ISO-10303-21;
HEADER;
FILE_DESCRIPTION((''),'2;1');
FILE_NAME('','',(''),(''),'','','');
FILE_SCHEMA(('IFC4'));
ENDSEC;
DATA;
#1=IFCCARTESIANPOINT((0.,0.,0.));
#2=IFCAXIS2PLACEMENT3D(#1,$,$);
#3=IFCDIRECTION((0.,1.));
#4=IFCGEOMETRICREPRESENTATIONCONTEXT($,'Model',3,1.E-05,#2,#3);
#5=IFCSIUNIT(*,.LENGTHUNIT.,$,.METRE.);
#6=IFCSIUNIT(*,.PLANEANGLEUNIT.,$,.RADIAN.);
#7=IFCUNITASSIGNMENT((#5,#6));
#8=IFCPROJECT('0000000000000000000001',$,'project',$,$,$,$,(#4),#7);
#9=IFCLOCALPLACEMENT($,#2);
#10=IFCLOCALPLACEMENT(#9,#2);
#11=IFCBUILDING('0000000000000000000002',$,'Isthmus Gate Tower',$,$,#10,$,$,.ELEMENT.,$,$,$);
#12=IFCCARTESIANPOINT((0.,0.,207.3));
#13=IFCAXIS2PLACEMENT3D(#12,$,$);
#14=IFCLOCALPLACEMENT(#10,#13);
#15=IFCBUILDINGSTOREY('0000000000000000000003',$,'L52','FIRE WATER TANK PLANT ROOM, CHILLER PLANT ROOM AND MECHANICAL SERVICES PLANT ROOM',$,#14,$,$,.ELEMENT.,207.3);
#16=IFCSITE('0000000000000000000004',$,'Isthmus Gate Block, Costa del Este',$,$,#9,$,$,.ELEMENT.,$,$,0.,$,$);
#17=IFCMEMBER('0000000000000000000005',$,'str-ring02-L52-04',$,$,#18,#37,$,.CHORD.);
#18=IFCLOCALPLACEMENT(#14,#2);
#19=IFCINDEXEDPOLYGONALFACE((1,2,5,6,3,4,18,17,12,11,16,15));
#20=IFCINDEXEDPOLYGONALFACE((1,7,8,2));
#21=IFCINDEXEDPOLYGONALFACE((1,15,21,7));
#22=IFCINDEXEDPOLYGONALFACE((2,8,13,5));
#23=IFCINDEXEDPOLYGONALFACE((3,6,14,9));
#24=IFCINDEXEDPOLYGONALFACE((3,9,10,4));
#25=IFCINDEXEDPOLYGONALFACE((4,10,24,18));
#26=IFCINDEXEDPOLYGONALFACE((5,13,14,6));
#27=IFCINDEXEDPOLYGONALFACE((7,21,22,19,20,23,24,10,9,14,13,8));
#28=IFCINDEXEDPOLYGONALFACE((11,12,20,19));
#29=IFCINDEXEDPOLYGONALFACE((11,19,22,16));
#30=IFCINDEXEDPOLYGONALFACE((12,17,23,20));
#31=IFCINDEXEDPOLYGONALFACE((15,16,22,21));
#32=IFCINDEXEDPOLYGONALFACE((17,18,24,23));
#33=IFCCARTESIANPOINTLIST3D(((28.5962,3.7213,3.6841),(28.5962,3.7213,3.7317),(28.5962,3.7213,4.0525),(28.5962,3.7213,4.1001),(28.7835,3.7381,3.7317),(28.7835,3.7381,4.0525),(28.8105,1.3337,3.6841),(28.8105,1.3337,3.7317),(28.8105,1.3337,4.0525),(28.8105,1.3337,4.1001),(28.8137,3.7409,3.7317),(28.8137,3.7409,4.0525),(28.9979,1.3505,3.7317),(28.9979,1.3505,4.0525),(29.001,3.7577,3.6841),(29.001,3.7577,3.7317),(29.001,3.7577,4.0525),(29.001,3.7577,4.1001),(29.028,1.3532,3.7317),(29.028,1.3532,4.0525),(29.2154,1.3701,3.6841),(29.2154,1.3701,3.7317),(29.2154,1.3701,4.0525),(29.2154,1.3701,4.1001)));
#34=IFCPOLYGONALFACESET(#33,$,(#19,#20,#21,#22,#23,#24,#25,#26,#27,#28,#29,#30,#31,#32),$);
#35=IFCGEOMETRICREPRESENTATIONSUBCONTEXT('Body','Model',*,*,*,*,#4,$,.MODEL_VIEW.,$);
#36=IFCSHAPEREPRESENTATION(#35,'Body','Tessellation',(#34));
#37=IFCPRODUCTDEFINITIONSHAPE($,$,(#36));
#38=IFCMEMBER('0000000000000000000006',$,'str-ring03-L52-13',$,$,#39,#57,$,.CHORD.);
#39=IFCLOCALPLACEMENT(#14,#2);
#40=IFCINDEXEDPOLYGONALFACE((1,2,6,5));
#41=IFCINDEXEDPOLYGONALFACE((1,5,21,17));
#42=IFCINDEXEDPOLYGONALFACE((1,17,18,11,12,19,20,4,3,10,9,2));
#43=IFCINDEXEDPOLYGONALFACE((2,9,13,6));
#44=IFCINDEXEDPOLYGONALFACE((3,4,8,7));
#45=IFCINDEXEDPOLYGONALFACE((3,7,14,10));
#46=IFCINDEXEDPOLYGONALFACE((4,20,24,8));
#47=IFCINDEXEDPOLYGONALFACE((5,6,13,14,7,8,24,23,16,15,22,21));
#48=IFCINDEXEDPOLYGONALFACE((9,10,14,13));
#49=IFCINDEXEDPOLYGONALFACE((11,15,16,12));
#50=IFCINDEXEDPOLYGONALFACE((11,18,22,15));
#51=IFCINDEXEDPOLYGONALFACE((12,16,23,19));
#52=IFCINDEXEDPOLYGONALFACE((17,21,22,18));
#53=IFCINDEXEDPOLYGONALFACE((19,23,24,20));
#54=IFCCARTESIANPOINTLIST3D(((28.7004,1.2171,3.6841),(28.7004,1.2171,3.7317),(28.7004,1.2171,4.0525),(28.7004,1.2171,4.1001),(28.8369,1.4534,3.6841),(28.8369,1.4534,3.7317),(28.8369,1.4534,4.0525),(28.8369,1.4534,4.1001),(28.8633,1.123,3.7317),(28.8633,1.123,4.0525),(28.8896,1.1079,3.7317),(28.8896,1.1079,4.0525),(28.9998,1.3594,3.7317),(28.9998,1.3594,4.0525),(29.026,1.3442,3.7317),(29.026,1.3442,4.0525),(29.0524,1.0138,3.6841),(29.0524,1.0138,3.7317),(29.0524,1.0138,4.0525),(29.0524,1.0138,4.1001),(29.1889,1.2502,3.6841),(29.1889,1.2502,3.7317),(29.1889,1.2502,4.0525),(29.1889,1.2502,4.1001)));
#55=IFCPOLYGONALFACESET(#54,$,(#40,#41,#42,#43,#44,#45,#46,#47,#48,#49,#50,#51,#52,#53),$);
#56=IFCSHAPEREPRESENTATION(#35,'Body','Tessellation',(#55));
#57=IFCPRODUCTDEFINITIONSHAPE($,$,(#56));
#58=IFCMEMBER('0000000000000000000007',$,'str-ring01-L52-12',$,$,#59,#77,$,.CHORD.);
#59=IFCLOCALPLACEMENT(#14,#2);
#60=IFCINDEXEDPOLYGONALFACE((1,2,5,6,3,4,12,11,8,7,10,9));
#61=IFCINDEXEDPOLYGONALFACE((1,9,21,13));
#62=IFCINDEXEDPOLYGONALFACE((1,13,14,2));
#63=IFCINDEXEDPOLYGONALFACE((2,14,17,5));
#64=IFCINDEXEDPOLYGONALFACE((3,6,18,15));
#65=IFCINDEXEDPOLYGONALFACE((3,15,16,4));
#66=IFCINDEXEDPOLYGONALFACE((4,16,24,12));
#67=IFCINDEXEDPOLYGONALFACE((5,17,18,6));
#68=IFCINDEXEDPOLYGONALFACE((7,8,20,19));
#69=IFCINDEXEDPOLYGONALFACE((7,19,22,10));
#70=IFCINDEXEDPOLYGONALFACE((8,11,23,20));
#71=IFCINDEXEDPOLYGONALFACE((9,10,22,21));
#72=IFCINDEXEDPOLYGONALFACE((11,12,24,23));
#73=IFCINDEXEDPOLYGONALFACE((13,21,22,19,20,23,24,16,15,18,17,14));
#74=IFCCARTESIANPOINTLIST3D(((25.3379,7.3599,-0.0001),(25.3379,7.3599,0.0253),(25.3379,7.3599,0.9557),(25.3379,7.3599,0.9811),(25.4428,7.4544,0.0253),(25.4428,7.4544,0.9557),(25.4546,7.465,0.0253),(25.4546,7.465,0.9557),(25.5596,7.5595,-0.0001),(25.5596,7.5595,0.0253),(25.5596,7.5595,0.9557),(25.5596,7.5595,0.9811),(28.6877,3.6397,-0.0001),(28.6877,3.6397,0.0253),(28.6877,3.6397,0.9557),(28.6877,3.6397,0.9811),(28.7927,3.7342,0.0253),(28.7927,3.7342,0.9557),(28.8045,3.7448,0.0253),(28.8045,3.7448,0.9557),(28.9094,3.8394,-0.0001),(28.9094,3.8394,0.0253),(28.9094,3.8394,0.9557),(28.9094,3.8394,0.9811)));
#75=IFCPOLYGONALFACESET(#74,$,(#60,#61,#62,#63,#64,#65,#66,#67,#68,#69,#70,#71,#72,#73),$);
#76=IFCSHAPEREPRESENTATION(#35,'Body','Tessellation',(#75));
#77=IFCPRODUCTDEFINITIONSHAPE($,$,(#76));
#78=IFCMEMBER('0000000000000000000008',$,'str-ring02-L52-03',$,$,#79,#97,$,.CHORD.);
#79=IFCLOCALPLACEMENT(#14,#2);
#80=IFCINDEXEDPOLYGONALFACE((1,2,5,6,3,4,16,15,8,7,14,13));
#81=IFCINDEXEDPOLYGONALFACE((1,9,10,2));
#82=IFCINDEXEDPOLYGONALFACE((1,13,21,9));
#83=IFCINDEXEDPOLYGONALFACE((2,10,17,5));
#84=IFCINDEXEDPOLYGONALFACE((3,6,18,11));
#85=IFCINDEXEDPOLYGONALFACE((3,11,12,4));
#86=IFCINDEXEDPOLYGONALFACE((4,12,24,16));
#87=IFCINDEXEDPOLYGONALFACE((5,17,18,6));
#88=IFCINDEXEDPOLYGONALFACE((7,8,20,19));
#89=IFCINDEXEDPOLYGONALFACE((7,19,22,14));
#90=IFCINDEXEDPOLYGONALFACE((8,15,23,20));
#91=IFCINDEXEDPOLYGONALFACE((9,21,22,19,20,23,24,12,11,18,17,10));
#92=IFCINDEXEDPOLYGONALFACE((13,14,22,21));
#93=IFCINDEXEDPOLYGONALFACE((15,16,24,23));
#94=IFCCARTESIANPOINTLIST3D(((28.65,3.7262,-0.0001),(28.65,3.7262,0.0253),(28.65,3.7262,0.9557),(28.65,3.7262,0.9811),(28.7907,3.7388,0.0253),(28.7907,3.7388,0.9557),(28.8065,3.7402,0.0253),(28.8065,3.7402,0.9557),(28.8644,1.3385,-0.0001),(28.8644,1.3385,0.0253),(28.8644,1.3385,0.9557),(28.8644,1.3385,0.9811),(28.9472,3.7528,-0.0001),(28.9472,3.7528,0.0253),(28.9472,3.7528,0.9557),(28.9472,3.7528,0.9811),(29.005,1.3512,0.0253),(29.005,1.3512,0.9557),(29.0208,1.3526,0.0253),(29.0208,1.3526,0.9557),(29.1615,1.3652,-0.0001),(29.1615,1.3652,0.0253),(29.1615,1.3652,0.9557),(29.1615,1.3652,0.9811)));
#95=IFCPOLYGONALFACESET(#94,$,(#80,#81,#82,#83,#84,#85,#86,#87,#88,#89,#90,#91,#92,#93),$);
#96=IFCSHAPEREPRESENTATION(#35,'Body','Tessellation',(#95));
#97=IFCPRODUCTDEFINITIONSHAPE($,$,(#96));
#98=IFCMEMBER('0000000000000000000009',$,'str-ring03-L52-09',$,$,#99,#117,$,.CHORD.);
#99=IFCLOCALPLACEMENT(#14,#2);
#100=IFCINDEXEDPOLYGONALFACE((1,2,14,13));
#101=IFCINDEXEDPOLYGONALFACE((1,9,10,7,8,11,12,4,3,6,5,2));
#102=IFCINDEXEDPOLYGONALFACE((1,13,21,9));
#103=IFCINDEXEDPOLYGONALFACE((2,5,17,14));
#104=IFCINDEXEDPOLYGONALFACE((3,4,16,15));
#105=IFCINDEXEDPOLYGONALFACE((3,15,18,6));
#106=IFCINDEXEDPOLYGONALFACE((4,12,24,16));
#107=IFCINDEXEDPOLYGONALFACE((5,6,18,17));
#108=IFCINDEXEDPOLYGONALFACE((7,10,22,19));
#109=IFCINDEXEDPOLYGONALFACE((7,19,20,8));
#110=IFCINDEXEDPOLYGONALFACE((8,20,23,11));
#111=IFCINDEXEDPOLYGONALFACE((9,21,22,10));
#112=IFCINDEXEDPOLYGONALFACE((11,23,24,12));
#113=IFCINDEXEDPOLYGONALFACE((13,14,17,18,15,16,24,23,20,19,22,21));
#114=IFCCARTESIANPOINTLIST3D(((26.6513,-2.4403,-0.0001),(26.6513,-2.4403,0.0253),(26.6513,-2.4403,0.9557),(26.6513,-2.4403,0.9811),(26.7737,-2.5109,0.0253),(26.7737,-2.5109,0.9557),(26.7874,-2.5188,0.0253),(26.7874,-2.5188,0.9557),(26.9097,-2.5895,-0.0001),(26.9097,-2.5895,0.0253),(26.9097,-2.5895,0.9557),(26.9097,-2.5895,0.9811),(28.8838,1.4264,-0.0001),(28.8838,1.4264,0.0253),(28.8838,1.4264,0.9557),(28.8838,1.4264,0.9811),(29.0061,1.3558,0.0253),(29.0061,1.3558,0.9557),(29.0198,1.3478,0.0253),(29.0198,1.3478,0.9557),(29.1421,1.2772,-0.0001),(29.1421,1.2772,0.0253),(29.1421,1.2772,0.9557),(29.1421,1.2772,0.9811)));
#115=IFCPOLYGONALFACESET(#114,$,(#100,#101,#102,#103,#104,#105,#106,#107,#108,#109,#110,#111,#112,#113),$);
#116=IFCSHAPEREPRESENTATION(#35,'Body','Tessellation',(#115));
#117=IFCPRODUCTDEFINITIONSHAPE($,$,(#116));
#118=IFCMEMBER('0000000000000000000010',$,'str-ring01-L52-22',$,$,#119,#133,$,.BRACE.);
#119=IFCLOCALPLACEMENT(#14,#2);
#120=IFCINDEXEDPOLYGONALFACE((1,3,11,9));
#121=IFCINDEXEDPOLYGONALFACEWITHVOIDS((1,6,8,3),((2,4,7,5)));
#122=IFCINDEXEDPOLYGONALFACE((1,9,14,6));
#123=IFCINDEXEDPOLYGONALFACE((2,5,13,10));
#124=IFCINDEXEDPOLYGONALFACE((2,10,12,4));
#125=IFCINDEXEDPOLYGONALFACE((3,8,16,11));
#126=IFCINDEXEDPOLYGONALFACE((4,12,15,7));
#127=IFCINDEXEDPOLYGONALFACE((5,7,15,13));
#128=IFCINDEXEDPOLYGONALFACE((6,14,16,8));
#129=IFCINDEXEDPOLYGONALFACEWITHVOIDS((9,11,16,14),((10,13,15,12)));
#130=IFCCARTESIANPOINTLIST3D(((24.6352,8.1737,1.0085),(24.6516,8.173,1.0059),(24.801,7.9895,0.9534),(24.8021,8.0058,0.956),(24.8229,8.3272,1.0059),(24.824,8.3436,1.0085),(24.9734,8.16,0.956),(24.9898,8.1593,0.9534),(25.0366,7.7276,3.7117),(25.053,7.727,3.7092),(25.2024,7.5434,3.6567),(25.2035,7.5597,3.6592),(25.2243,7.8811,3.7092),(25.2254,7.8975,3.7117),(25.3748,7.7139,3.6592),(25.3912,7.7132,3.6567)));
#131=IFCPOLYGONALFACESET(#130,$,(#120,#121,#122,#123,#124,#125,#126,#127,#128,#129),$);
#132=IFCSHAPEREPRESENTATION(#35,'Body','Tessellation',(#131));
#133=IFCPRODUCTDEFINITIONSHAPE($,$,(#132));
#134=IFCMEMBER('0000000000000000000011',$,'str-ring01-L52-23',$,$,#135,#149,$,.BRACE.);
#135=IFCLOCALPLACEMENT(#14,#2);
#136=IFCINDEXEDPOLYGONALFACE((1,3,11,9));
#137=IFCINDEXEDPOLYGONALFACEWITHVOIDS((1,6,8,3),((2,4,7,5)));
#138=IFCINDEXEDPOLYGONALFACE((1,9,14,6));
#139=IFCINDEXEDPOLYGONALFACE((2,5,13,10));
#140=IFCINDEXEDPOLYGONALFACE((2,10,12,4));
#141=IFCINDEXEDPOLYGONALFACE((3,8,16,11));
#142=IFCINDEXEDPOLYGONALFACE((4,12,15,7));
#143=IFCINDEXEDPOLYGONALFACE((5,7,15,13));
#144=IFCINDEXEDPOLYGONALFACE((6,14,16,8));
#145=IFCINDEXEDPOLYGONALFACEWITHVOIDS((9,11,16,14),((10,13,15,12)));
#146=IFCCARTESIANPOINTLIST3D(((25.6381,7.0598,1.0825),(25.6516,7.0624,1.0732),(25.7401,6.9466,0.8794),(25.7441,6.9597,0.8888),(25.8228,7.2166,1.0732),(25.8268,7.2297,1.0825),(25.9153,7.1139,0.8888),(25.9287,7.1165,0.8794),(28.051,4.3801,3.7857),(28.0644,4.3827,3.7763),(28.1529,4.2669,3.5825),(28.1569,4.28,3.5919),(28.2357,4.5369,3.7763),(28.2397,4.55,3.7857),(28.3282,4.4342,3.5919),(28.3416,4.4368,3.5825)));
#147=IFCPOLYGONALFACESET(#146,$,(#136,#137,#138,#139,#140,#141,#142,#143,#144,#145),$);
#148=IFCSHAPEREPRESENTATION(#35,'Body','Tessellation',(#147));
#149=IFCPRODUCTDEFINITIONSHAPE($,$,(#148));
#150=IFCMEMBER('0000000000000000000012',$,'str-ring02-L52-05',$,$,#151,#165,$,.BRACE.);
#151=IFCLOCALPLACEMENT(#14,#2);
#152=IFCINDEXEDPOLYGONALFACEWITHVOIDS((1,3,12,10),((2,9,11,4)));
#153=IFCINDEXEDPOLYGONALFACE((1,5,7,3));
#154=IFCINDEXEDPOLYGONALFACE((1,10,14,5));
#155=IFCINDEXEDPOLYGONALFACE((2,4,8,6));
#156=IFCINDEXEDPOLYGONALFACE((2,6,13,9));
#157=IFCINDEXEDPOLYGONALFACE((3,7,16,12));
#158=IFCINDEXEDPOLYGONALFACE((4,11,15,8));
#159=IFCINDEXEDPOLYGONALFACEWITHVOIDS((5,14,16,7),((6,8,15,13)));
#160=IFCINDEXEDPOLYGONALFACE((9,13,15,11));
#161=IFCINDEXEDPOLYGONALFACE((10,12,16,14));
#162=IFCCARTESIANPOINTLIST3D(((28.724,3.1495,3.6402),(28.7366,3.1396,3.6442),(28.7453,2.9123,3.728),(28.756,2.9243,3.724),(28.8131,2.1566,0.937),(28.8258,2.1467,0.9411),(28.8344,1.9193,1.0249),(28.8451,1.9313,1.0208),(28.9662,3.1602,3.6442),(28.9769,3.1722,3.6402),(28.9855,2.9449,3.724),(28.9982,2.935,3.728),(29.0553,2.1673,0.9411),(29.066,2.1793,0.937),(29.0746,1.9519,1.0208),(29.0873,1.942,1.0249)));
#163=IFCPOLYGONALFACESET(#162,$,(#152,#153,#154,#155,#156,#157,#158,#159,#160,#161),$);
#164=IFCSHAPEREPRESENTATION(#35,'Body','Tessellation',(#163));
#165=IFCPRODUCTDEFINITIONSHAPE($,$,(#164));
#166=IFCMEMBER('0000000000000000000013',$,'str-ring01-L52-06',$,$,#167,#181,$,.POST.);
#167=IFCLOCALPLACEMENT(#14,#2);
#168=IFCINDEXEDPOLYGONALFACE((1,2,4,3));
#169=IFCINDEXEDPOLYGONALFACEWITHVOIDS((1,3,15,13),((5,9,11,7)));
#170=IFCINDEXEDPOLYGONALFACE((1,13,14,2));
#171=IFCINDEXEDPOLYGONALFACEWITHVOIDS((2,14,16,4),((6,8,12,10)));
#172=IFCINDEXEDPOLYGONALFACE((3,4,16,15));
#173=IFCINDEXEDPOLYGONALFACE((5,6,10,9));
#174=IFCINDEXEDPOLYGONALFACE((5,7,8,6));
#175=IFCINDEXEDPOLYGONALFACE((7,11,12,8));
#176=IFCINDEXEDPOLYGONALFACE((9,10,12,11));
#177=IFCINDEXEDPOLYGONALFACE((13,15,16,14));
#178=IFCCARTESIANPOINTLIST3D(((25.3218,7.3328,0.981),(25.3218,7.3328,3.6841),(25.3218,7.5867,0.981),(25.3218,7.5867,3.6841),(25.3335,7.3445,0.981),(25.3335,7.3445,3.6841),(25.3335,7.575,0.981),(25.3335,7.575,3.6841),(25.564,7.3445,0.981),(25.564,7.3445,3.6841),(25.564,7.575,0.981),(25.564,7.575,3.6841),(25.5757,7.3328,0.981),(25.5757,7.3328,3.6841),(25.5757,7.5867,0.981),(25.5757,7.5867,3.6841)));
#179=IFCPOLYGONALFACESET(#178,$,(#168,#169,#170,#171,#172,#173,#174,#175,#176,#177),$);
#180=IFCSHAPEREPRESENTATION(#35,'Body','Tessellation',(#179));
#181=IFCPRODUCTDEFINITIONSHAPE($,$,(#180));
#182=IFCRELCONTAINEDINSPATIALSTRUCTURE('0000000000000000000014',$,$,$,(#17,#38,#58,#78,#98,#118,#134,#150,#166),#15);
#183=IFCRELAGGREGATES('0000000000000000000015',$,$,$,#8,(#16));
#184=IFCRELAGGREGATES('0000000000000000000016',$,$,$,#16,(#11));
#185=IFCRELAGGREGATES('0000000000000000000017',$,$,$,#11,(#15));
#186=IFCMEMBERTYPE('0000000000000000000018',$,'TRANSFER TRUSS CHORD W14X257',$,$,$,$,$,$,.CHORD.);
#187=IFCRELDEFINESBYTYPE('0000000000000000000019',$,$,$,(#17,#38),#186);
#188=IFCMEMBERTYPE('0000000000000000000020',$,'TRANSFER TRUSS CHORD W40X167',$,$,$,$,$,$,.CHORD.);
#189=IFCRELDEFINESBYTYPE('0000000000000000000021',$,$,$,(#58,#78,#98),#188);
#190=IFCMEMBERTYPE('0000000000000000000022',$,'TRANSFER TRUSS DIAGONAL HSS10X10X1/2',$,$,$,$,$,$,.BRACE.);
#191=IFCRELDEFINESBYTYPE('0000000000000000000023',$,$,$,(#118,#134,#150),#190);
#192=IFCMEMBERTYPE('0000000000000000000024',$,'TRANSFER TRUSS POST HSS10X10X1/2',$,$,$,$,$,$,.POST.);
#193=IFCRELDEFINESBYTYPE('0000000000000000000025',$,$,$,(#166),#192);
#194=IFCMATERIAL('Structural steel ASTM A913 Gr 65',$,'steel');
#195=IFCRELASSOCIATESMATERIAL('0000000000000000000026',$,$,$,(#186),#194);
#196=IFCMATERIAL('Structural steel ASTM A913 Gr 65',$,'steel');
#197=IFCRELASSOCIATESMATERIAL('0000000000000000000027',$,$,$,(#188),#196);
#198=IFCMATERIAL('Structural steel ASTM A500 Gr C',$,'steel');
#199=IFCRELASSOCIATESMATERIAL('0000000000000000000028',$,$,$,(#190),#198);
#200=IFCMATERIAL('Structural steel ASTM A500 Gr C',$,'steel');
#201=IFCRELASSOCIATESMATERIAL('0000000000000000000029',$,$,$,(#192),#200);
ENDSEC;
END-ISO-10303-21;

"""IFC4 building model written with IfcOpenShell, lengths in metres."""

from ifc_helpers import new_model, si_unit, direction, frame, origin, origin_2d, place, context, subcontext, project, spatial, hollow_rectangle, i_section, extrude, material, material_profile, profile_set, type_object, element, save


model = new_model("IFC4")

# Units and contexts
model_context = context("Model", 3, precision=1e-05, world=origin(), true_north=direction((0.0, 1.0)))
body_context = subcontext(model_context, "Body", "Model", "MODEL_VIEW")
ifc_project = project(units=[si_unit("LENGTHUNIT", "METRE"), si_unit("PLANEANGLEUNIT", "RADIAN")], contexts=[model_context])

# Site, building, storey
site_placement = place(None, origin())
site = spatial("IfcSite", under=ifc_project, at=site_placement, Name="Isthmus Gate Block, Costa del Este", CompositionType="ELEMENT", RefElevation=0.0)
building_placement = place(site_placement, origin())
building = spatial("IfcBuilding", under=site, at=building_placement, Name="Isthmus Gate Tower", CompositionType="ELEMENT")
storey_placement = place(building_placement, frame((0.0, 0.0, 207.3)))
storey = spatial("IfcBuildingStorey", under=building, at=storey_placement, Name="L52", Description="FIRE WATER TANK PLANT ROOM, CHILLER PLANT ROOM AND MECHANICAL SERVICES PLANT ROOM", CompositionType="ELEMENT", Elevation=207.3)

# Members
ifc_material_1 = material(Name="Structural steel ASTM A913 Gr 65", Category="steel")
ifc_material_profile_1 = material_profile(ifc_material_1, i_section(OverallWidth=0.4065, OverallDepth=0.416, WebThickness=0.0303, FlangeThickness=0.0476, at=origin_2d()), Name="W14X257")
ifc_profile_set_1 = profile_set([ifc_material_profile_1], Name="Structural steel ASTM A913 Gr 65")
member_type_1 = type_object("IfcMemberType", Name="TRANSFER TRUSS CHORD W14X257", PredefinedType="CHORD", material=ifc_profile_set_1)
member_1_placement = place(storey_placement, frame((28.7986, 3.7395, 3.8921), z_axis=(0.089415, -0.995994, 0.0), x_axis=(0.995994, 0.089415, 0.0)))
element("IfcMember", 1, at=member_1_placement, inside=storey, type_object=member_type_1, Name="str-ring02-L52-04", PredefinedType="CHORD", context=body_context, shape_type="SweptSolid", body=[
    extrude(i_section(OverallWidth=0.4065, OverallDepth=0.416, WebThickness=0.0303, FlangeThickness=0.0476, at=origin_2d()), origin(), (0.0, 0.0, 1.0), 2.3972),
])
member_2_placement = place(storey_placement, frame((29.0129, 1.3518, 3.8921), z_axis=(-0.500084, -0.865977, 0.0), x_axis=(0.865977, -0.500084, 0.0)))
element("IfcMember", 2, at=member_2_placement, inside=storey, type_object=member_type_1, Name="str-ring03-L52-13", PredefinedType="CHORD", context=body_context, shape_type="SweptSolid", body=[
    extrude(i_section(OverallWidth=0.4065, OverallDepth=0.416, WebThickness=0.0303, FlangeThickness=0.0476, at=origin_2d()), origin(), (0.0, 0.0, 1.0), 0.2729),
])
ifc_material_2 = material(Name="Structural steel ASTM A913 Gr 65", Category="steel")
ifc_material_profile_2 = material_profile(ifc_material_2, i_section(OverallWidth=0.2983, OverallDepth=0.9812, WebThickness=0.0159, FlangeThickness=0.0254, at=origin_2d()), Name="W40X167")
ifc_profile_set_2 = profile_set([ifc_material_profile_2], Name="Structural steel ASTM A913 Gr 65")
member_type_2 = type_object("IfcMemberType", Name="TRANSFER TRUSS CHORD W40X167", PredefinedType="CHORD", material=ifc_profile_set_2)
member_3_placement = place(storey_placement, frame((25.4487, 7.4597, 0.4905), z_axis=(0.669148, -0.743129, 0.0), x_axis=(0.743129, 0.669148, 0.0)))
element("IfcMember", 3, at=member_3_placement, inside=storey, type_object=member_type_2, Name="str-ring01-L52-12", PredefinedType="CHORD", context=body_context, shape_type="SweptSolid", body=[
    extrude(i_section(OverallWidth=0.2983, OverallDepth=0.9812, WebThickness=0.0159, FlangeThickness=0.0254, at=origin_2d()), origin(), (0.0, 0.0, 1.0), 5.0061),
])
member_4_placement = place(storey_placement, frame((28.7986, 3.7395, 0.4905), z_axis=(0.089415, -0.995994, 0.0), x_axis=(0.995994, 0.089415, 0.0)))
element("IfcMember", 4, at=member_4_placement, inside=storey, type_object=member_type_2, Name="str-ring02-L52-03", PredefinedType="CHORD", context=body_context, shape_type="SweptSolid", body=[
    extrude(i_section(OverallWidth=0.2983, OverallDepth=0.9812, WebThickness=0.0159, FlangeThickness=0.0254, at=origin_2d()), origin(), (0.0, 0.0, 1.0), 2.3972),
])
member_5_placement = place(storey_placement, frame((29.0129, 1.3518, 0.4905), z_axis=(-0.499997, -0.866027, 0.0), x_axis=(0.866027, -0.499997, 0.0)))
element("IfcMember", 5, at=member_5_placement, inside=storey, type_object=member_type_2, Name="str-ring03-L52-09", PredefinedType="CHORD", context=body_context, shape_type="SweptSolid", body=[
    extrude(i_section(OverallWidth=0.2983, OverallDepth=0.9812, WebThickness=0.0159, FlangeThickness=0.0254, at=origin_2d()), origin(), (0.0, 0.0, 1.0), 4.4648),
])
ifc_material_3 = material(Name="Structural steel ASTM A500 Gr C", Category="steel")
ifc_material_profile_3 = material_profile(ifc_material_3, hollow_rectangle(XDim=0.2539, YDim=0.2539, WallThickness=0.0117, at=origin_2d()), Name="HSS10X10X1/2")
ifc_profile_set_3 = profile_set([ifc_material_profile_3], Name="Structural steel ASTM A500 Gr C")
member_type_3 = type_object("IfcMemberType", Name="TRANSFER TRUSS DIAGONAL HSS10X10X1/2", PredefinedType="BRACE", material=ifc_profile_set_3)
member_6_placement = place(storey_placement, frame((24.8125, 8.1665, 0.981), z_axis=(0.144954, -0.16109, 0.976237), x_axis=(0.743355, 0.668897, 0.0)))
element("IfcMember", 6, at=member_6_placement, inside=storey, type_object=member_type_3, Name="str-ring01-L52-22", PredefinedType="BRACE", context=body_context, shape_type="SweptSolid", body=[
    extrude(hollow_rectangle(XDim=0.2539, YDim=0.2539, WallThickness=0.0117, at=origin_2d()), origin(), (0.0, 0.0, 1.0), 2.769),
])
member_7_placement = place(storey_placement, frame((25.7834, 7.0881, 0.981), z_axis=(0.535402, -0.594614, 0.599815), x_axis=(0.743139, 0.669137, 0.0)))
element("IfcMember", 7, at=member_7_placement, inside=storey, type_object=member_type_3, Name="str-ring01-L52-23", PredefinedType="BRACE", context=body_context, shape_type="SweptSolid", body=[
    extrude(hollow_rectangle(XDim=0.2539, YDim=0.2539, WallThickness=0.0117, at=origin_2d()), origin(), (0.0, 0.0, 1.0), 4.5066),
])
member_8_placement = place(storey_placement, frame((28.9502, 2.0493, 0.981), z_axis=(-0.03093, 0.344633, 0.938228), x_axis=(-0.995997, -0.089387, 0.0)))
element("IfcMember", 8, at=member_8_placement, inside=storey, type_object=member_type_3, Name="str-ring02-L52-05", PredefinedType="BRACE", context=body_context, shape_type="SweptSolid", body=[
    extrude(hollow_rectangle(XDim=0.2539, YDim=0.2539, WallThickness=0.0117, at=origin_2d()), origin(), (0.0, 0.0, 1.0), 2.8811),
])
ifc_material_4 = material(Name="Structural steel ASTM A500 Gr C", Category="steel")
ifc_material_profile_4 = material_profile(ifc_material_4, hollow_rectangle(XDim=0.2539, YDim=0.2539, WallThickness=0.0117, at=origin_2d()), Name="HSS10X10X1/2")
ifc_profile_set_4 = profile_set([ifc_material_profile_4], Name="Structural steel ASTM A500 Gr C")
member_type_4 = type_object("IfcMemberType", Name="TRANSFER TRUSS POST HSS10X10X1/2", PredefinedType="POST", material=ifc_profile_set_4)
member_9_placement = place(storey_placement, frame((25.4487, 7.4597, 0.981), z_axis=(0.0, 0.0, 1.0), x_axis=(1.0, 0.0, 0.0)))
element("IfcMember", 9, at=member_9_placement, inside=storey, type_object=member_type_4, Name="str-ring01-L52-06", PredefinedType="POST", context=body_context, shape_type="SweptSolid", body=[
    extrude(hollow_rectangle(XDim=0.2539, YDim=0.2539, WallThickness=0.0117, at=origin_2d()), origin(), (0.0, 0.0, 1.0), 2.7031),
])

save(model, "model.ifc")
